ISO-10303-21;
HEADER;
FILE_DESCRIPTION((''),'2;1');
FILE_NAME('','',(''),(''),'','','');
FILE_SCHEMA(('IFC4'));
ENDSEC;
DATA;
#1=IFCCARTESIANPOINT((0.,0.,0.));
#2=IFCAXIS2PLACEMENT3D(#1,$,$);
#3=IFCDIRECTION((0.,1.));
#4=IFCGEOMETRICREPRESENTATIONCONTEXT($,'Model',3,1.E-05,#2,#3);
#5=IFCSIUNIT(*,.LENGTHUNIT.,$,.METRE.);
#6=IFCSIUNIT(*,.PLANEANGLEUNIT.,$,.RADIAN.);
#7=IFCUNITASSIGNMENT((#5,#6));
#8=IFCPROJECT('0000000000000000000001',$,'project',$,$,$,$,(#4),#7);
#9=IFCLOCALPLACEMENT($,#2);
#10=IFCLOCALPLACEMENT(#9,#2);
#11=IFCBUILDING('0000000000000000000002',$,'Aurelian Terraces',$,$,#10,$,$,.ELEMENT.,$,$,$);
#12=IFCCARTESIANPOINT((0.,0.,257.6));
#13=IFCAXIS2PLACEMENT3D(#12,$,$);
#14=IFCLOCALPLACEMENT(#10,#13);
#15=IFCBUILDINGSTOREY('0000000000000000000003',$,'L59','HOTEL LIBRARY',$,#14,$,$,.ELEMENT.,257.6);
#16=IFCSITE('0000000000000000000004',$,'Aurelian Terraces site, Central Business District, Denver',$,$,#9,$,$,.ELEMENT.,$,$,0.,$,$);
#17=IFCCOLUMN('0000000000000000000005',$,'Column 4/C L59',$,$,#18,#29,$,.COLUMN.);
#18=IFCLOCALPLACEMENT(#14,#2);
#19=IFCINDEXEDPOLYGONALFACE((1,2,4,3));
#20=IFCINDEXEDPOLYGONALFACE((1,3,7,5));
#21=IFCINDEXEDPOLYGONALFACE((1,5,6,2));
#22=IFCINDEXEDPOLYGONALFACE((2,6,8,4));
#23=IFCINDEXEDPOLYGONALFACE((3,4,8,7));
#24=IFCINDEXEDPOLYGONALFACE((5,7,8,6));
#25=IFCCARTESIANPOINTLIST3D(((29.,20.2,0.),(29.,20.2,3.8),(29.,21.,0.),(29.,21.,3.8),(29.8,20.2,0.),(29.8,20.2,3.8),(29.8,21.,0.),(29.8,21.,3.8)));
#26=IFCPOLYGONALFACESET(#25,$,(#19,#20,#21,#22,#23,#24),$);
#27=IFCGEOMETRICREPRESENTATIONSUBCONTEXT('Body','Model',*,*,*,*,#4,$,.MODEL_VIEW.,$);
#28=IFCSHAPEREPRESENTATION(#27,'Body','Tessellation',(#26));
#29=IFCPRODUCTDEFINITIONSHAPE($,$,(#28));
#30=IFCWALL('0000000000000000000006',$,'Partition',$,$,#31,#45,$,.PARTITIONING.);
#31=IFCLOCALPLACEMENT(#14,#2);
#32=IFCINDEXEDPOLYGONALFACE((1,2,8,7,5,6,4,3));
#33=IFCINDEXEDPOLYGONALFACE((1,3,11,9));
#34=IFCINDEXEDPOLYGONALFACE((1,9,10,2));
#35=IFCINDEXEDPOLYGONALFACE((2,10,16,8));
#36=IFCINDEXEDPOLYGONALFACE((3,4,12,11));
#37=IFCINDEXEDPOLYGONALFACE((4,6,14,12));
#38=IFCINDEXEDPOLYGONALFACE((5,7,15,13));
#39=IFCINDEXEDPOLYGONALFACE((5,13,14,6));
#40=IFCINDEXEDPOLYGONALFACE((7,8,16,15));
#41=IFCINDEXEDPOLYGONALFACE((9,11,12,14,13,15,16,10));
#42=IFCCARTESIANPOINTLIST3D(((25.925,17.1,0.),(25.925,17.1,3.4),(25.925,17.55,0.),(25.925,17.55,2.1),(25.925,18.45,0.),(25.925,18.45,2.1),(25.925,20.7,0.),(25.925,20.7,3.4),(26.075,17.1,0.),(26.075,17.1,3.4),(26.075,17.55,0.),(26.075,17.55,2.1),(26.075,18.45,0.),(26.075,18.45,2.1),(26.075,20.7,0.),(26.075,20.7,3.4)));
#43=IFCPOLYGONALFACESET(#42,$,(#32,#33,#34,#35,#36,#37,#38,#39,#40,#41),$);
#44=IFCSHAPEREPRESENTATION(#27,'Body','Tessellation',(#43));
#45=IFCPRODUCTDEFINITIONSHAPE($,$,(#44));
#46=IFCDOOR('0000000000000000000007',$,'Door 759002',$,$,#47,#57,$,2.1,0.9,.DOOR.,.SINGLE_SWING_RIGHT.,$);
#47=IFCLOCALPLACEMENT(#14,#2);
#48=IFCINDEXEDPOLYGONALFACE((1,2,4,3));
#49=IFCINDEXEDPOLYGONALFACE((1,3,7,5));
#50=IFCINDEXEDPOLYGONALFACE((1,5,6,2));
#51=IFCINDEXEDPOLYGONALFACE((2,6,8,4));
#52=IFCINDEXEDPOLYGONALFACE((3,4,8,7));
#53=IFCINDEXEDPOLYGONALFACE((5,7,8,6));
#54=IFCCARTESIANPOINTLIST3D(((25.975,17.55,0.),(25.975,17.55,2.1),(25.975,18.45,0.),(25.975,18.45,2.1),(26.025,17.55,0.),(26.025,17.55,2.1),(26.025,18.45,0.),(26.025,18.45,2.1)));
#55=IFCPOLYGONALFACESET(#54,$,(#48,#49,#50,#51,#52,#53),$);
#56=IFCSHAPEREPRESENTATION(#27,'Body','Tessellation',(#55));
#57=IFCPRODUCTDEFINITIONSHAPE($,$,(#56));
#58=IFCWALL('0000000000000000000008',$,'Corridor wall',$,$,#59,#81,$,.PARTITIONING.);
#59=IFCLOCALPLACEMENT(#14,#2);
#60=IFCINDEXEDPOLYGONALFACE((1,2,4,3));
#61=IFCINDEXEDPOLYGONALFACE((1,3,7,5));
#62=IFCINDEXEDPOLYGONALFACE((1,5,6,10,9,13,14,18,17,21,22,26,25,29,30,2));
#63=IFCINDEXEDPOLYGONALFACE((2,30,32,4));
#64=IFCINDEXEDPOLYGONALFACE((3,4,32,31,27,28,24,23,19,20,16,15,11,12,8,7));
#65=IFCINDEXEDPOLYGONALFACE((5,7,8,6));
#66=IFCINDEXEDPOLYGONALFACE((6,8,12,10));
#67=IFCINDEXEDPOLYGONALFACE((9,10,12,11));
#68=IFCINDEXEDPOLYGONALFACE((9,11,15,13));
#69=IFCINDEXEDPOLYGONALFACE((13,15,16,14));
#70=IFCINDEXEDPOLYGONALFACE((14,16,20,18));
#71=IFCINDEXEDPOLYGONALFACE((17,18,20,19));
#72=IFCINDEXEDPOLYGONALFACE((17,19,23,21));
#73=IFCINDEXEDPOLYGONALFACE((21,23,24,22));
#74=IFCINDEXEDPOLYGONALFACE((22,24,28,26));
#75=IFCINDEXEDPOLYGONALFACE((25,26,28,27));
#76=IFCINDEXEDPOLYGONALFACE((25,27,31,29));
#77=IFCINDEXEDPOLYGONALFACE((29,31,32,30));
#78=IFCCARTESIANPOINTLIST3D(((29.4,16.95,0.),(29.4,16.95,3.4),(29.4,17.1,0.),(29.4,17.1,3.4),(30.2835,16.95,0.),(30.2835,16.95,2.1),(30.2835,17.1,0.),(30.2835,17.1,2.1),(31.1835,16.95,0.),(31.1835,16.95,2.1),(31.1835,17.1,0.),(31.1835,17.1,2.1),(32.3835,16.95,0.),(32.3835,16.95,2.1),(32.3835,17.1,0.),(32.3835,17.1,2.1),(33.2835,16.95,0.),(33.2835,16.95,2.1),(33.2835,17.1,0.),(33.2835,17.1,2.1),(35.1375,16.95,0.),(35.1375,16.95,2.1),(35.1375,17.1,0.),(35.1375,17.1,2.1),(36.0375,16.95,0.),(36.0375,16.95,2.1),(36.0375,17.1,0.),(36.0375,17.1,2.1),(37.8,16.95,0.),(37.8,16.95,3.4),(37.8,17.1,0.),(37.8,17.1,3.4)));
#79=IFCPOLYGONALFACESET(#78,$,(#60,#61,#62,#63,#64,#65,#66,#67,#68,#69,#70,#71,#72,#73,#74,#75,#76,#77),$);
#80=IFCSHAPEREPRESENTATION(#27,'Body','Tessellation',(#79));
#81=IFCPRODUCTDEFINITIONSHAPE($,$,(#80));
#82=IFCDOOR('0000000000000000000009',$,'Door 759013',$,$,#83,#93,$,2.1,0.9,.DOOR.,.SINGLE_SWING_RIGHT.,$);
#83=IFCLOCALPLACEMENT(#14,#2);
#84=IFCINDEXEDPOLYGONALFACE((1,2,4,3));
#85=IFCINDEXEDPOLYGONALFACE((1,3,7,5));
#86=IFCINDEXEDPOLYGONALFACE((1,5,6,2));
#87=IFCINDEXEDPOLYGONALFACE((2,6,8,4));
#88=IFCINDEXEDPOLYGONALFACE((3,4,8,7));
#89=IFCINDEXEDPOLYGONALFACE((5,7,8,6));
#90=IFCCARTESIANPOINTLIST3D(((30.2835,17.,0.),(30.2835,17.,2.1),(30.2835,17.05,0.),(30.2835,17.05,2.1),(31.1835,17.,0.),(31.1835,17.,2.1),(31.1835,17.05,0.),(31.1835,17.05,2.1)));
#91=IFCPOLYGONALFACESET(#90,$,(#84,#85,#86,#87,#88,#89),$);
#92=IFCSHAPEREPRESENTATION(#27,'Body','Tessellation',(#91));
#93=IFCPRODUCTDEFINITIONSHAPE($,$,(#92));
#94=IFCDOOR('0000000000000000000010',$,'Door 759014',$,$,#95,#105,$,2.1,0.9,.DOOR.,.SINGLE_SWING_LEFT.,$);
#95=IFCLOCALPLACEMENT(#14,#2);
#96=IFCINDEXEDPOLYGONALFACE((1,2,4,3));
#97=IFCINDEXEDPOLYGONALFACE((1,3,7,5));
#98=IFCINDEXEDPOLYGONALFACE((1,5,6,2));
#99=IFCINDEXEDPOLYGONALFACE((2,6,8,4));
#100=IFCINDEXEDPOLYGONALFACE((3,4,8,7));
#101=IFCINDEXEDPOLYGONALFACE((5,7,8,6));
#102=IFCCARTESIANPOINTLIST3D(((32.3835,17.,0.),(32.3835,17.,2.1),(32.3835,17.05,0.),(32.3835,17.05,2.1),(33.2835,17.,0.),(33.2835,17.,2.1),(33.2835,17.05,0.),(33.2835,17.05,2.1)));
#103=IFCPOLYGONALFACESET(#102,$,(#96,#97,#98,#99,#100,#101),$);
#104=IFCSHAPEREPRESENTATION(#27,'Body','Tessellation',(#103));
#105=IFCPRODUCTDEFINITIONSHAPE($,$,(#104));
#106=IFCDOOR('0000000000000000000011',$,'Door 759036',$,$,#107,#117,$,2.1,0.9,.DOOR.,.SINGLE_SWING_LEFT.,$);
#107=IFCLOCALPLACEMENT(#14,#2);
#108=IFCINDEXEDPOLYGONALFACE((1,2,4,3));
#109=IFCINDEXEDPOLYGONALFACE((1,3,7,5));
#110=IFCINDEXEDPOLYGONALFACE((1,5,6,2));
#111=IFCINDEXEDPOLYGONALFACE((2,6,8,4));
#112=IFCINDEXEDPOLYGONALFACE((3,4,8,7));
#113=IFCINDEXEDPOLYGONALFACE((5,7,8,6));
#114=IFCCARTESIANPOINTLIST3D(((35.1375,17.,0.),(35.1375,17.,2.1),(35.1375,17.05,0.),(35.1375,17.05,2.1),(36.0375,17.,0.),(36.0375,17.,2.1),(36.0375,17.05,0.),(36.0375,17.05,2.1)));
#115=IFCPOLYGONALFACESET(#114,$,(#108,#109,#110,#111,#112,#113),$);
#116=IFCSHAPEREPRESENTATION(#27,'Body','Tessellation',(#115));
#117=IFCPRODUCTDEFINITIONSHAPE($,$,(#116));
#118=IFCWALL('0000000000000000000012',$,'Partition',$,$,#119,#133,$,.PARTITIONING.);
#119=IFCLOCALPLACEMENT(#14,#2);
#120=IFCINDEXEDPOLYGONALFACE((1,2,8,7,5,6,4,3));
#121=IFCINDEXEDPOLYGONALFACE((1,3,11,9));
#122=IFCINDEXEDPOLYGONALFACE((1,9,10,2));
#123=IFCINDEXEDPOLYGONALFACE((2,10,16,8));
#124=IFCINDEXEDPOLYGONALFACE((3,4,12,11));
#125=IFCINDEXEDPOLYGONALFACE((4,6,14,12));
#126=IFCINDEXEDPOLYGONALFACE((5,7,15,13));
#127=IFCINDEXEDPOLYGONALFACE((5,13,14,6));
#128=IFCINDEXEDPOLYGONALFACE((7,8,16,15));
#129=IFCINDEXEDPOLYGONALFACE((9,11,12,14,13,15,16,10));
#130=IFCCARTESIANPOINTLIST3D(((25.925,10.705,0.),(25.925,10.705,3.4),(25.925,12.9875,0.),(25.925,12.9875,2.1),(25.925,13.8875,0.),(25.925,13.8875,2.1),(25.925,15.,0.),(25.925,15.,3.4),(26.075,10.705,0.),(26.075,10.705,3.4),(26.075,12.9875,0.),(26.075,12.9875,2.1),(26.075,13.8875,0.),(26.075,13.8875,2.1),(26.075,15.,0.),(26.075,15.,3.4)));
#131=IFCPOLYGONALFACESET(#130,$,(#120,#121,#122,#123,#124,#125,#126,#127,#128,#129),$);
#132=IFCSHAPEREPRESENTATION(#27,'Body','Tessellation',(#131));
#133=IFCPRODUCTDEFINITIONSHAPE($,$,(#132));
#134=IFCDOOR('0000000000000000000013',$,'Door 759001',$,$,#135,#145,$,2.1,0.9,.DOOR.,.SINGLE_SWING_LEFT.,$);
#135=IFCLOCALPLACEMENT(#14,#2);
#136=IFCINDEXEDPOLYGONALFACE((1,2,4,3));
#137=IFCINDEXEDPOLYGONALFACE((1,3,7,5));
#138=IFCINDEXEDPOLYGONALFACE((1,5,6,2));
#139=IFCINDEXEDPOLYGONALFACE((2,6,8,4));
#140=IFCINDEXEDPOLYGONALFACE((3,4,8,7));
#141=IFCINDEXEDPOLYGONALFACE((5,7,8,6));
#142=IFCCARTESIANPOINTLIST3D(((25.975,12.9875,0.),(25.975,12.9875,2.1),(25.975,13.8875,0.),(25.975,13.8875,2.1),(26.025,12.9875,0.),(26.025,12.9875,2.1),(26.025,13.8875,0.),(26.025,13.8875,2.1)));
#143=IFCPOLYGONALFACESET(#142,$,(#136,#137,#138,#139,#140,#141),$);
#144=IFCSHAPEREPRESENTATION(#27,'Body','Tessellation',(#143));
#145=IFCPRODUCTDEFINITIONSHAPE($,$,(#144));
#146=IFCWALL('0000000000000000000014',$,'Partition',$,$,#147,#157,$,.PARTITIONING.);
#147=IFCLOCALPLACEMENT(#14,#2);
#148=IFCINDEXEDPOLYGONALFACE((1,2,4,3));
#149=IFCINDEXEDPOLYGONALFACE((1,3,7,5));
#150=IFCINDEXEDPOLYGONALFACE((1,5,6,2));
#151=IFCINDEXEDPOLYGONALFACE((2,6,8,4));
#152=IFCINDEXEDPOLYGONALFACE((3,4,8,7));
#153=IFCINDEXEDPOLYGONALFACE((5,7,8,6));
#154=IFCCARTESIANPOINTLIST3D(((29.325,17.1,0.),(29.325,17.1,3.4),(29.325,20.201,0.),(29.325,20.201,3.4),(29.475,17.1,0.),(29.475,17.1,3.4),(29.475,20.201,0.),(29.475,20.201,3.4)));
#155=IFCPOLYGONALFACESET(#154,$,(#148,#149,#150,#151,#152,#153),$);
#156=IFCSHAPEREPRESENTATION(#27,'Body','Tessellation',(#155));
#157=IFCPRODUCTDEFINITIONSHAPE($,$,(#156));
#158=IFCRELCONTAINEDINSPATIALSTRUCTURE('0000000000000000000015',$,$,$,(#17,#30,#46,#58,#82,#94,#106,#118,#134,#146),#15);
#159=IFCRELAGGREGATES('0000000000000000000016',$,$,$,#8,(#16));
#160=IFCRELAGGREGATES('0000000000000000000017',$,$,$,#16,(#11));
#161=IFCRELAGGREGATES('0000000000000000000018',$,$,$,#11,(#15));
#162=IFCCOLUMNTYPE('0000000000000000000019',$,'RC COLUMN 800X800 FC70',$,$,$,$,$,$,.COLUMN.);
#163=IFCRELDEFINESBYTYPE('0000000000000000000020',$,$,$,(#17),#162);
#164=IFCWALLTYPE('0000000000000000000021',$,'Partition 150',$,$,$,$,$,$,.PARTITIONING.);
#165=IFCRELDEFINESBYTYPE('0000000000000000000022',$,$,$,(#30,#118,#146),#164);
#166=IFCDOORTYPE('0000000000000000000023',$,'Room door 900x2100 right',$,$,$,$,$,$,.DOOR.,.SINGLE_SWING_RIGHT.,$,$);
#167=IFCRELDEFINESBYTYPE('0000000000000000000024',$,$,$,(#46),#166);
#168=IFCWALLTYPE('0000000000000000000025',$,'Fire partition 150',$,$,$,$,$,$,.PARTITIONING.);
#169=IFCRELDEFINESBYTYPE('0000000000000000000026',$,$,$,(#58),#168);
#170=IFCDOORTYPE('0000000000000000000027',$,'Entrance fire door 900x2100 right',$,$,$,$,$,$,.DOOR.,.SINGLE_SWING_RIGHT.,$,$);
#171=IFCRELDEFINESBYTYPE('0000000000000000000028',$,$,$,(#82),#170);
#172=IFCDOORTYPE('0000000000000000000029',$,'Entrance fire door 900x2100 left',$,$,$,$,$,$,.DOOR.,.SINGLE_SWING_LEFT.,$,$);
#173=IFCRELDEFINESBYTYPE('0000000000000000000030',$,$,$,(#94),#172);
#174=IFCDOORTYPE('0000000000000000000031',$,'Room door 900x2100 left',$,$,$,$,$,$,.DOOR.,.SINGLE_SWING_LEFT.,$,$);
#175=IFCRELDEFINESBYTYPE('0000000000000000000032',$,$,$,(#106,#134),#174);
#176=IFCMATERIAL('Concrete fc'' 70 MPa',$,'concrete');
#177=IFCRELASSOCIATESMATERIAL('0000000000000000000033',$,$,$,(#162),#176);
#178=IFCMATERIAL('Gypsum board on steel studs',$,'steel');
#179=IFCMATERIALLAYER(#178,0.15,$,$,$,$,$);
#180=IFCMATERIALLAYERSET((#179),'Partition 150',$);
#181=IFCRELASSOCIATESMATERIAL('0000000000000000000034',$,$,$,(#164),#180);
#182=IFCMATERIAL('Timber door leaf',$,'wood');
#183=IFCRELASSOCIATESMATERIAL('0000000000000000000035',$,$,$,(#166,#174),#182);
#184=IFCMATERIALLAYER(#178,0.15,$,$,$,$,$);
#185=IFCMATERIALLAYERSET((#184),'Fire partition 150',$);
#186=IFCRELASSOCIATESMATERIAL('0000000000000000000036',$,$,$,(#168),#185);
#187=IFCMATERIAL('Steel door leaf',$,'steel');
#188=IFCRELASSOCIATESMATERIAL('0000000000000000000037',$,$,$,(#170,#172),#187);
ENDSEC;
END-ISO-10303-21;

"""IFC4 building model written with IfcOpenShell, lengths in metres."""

from ifc_helpers import new_model, si_unit, direction, frame, frame_2d, origin, origin_2d, place, context, subcontext, project, spatial, rectangle, extrude, source, transform, mapped, material, layer, layer_set, material_profile, profile_set, type_object, element, fill, save


model = new_model("IFC4")

# Units and contexts
model_context = context("Model", 3, precision=1e-05, world=origin(), true_north=direction((0.0, 1.0)))
body_context = subcontext(model_context, "Body", "Model", "MODEL_VIEW")
ifc_project = project(units=[si_unit("LENGTHUNIT", "METRE"), si_unit("PLANEANGLEUNIT", "RADIAN")], contexts=[model_context])

# Site, building, storey
site_placement = place(None, origin())
site = spatial("IfcSite", under=ifc_project, at=site_placement, Name="Aurelian Terraces site, Central Business District, Denver", CompositionType="ELEMENT", RefElevation=0.0)
building_placement = place(site_placement, origin())
building = spatial("IfcBuilding", under=site, at=building_placement, Name="Aurelian Terraces", CompositionType="ELEMENT")
storey_placement = place(building_placement, frame((0.0, 0.0, 257.6)))
storey = spatial("IfcBuildingStorey", under=building, at=storey_placement, Name="L59", Description="HOTEL LIBRARY", CompositionType="ELEMENT", Elevation=257.6)

# Column
ifc_material_1 = material(Name="Concrete fc' 70 MPa", Category="concrete")
ifc_material_profile = material_profile(ifc_material_1, rectangle(XDim=0.8, YDim=0.8, at=origin_2d()))
ifc_profile_set = profile_set([ifc_material_profile], Name="Concrete fc' 70 MPa")
column_type = type_object("IfcColumnType", Name="RC COLUMN 800X800 FC70", PredefinedType="COLUMN", material=ifc_profile_set)
shared_shape_1 = source(origin(), body_context, "Body", "SweptSolid", [
    extrude(rectangle(XDim=0.8, YDim=0.8, at=origin_2d()), origin(), (0.0, 0.0, 1.0), 3.8),
])
column_placement = place(storey_placement, frame((29.4, 20.6, 0.0), z_axis=(0.0, 0.0, 1.0), x_axis=(1.0, 0.0, 0.0)))
element("IfcColumn", 1, at=column_placement, inside=storey, type_object=column_type, Name="Column 4/C L59", PredefinedType="COLUMN", context=body_context, shape_type="MappedRepresentation", body=[
    mapped(shared_shape_1, transform((0.0, 0.0, 0.0), scale=1.0)),
])

# Wall, opening, door
ifc_material_2 = material(Name="Gypsum board on steel studs", Category="steel")
ifc_layer_1 = layer(ifc_material_2, 0.15)
ifc_layer_set_1 = layer_set([ifc_layer_1], Name="Partition 150")
wall_type_1 = type_object("IfcWallType", Name="Partition 150", PredefinedType="PARTITIONING", material=ifc_layer_set_1)
shared_shape_2 = source(origin(), body_context, "Body", "SweptSolid", [
    extrude(rectangle(XDim=3.6, YDim=0.15, at=frame_2d((1.8, 0.0))), origin(), (0.0, 0.0, 1.0), 3.4),
])
wall_1_placement = place(storey_placement, frame((26.0, 20.7, 0.0), z_axis=(0.0, 0.0, 1.0), x_axis=(0.0, -1.0, 0.0)))
wall_1 = element("IfcWall", 2, at=wall_1_placement, inside=storey, type_object=wall_type_1, Name="Partition", PredefinedType="PARTITIONING", context=body_context, shape_type="MappedRepresentation", body=[
    mapped(shared_shape_2, transform((0.0, 0.0, 0.0), scale=1.0)),
])
shared_shape_3 = source(origin(), body_context, "Body", "SweptSolid", [
    extrude(rectangle(XDim=0.9, YDim=2.1, at=frame_2d((0.45, 1.05))), frame((0.0, 0.085, 0.0), z_axis=(0.0, -1.0, 0.0), x_axis=(1.0, 0.0, 0.0)), (0.0, 0.0, 1.0), 0.17),
])
opening_1_placement = place(wall_1_placement, frame((2.25, 0.0, 0.0)))
opening_1 = element("IfcOpeningElement", 3, at=opening_1_placement, cuts=wall_1, PredefinedType="OPENING", context=body_context, shape_type="MappedRepresentation", body=[
    mapped(shared_shape_3, transform((0.0, 0.0, 0.0), scale=1.0)),
])
ifc_material_3 = material(Name="Timber door leaf", Category="wood")
door_type_1 = type_object("IfcDoorType", Name="Room door 900x2100 right", OperationType="SINGLE_SWING_RIGHT", PredefinedType="DOOR", material=ifc_material_3)
shared_shape_4 = source(origin(), body_context, "Body", "SweptSolid", [
    extrude(rectangle(XDim=0.9, YDim=2.1, at=frame_2d((0.45, 1.05))), frame((0.0, 0.025, 0.0), z_axis=(0.0, -1.0, 0.0), x_axis=(1.0, 0.0, 0.0)), (0.0, 0.0, 1.0), 0.05),
])
door_1_placement = place(opening_1_placement, origin())
door_1 = element("IfcDoor", 4, at=door_1_placement, inside=storey, type_object=door_type_1, Name="Door 759002", OperationType="SINGLE_SWING_RIGHT", OverallHeight=2.1, OverallWidth=0.9, PredefinedType="DOOR", context=body_context, shape_type="MappedRepresentation", body=[
    mapped(shared_shape_4, transform((0.0, 0.0, 0.0), scale=1.0)),
])
fill(opening_1, door_1)

# Wall, openings, doors
ifc_layer_2 = layer(ifc_material_2, 0.15)
ifc_layer_set_2 = layer_set([ifc_layer_2], Name="Fire partition 150")
wall_type_2 = type_object("IfcWallType", Name="Fire partition 150", PredefinedType="PARTITIONING", material=ifc_layer_set_2)
shared_shape_5 = source(origin(), body_context, "Body", "SweptSolid", [
    extrude(rectangle(XDim=8.4, YDim=0.15, at=frame_2d((4.2, 0.0))), origin(), (0.0, 0.0, 1.0), 3.4),
])
wall_2_placement = place(storey_placement, frame((29.4, 17.025, 0.0), z_axis=(0.0, 0.0, 1.0), x_axis=(1.0, 0.0, 0.0)))
wall_2 = element("IfcWall", 5, at=wall_2_placement, inside=storey, type_object=wall_type_2, Name="Corridor wall", PredefinedType="PARTITIONING", context=body_context, shape_type="MappedRepresentation", body=[
    mapped(shared_shape_5, transform((0.0, 0.0, 0.0), scale=1.0)),
])
opening_2_placement = place(wall_2_placement, frame((0.8835, 0.0, 0.0)))
opening_2 = element("IfcOpeningElement", 6, at=opening_2_placement, cuts=wall_2, PredefinedType="OPENING", context=body_context, shape_type="MappedRepresentation", body=[
    mapped(shared_shape_3, transform((0.0, 0.0, 0.0), scale=1.0)),
])
opening_3_placement = place(wall_2_placement, frame((2.9835, 0.0, 0.0)))
opening_3 = element("IfcOpeningElement", 7, at=opening_3_placement, cuts=wall_2, PredefinedType="OPENING", context=body_context, shape_type="MappedRepresentation", body=[
    mapped(shared_shape_3, transform((0.0, 0.0, 0.0), scale=1.0)),
])
opening_4_placement = place(wall_2_placement, frame((5.7375, 0.0, 0.0)))
opening_4 = element("IfcOpeningElement", 8, at=opening_4_placement, cuts=wall_2, PredefinedType="OPENING", context=body_context, shape_type="MappedRepresentation", body=[
    mapped(shared_shape_3, transform((0.0, 0.0, 0.0), scale=1.0)),
])
ifc_material_4 = material(Name="Steel door leaf", Category="steel")
door_type_2 = type_object("IfcDoorType", Name="Entrance fire door 900x2100 right", OperationType="SINGLE_SWING_RIGHT", PredefinedType="DOOR", material=ifc_material_4)
door_2_placement = place(opening_2_placement, origin())
door_2 = element("IfcDoor", 9, at=door_2_placement, inside=storey, type_object=door_type_2, Name="Door 759013", OperationType="SINGLE_SWING_RIGHT", OverallHeight=2.1, OverallWidth=0.9, PredefinedType="DOOR", context=body_context, shape_type="MappedRepresentation", body=[
    mapped(shared_shape_4, transform((0.0, 0.0, 0.0), scale=1.0)),
])
fill(opening_2, door_2)
door_type_3 = type_object("IfcDoorType", Name="Entrance fire door 900x2100 left", OperationType="SINGLE_SWING_LEFT", PredefinedType="DOOR", material=ifc_material_4)
door_3_placement = place(opening_3_placement, origin())
door_3 = element("IfcDoor", 10, at=door_3_placement, inside=storey, type_object=door_type_3, Name="Door 759014", OperationType="SINGLE_SWING_LEFT", OverallHeight=2.1, OverallWidth=0.9, PredefinedType="DOOR", context=body_context, shape_type="MappedRepresentation", body=[
    mapped(shared_shape_4, transform((0.0, 0.0, 0.0), scale=1.0)),
])
fill(opening_3, door_3)
door_type_4 = type_object("IfcDoorType", Name="Room door 900x2100 left", OperationType="SINGLE_SWING_LEFT", PredefinedType="DOOR", material=ifc_material_3)
door_4_placement = place(opening_4_placement, origin())
door_4 = element("IfcDoor", 11, at=door_4_placement, inside=storey, type_object=door_type_4, Name="Door 759036", OperationType="SINGLE_SWING_LEFT", OverallHeight=2.1, OverallWidth=0.9, PredefinedType="DOOR", context=body_context, shape_type="MappedRepresentation", body=[
    mapped(shared_shape_4, transform((0.0, 0.0, 0.0), scale=1.0)),
])
fill(opening_4, door_4)

# Wall, opening, door
shared_shape_6 = source(origin(), body_context, "Body", "SweptSolid", [
    extrude(rectangle(XDim=4.295, YDim=0.15, at=frame_2d((2.1475, 0.0))), origin(), (0.0, 0.0, 1.0), 3.4),
])
wall_3_placement = place(storey_placement, frame((26.0, 15.0, 0.0), z_axis=(0.0, 0.0, 1.0), x_axis=(0.0, -1.0, 0.0)))
wall_3 = element("IfcWall", 12, at=wall_3_placement, inside=storey, type_object=wall_type_1, Name="Partition", PredefinedType="PARTITIONING", context=body_context, shape_type="MappedRepresentation", body=[
    mapped(shared_shape_6, transform((0.0, 0.0, 0.0), scale=1.0)),
])
opening_5_placement = place(wall_3_placement, frame((1.1125, 0.0, 0.0)))
opening_5 = element("IfcOpeningElement", 13, at=opening_5_placement, cuts=wall_3, PredefinedType="OPENING", context=body_context, shape_type="MappedRepresentation", body=[
    mapped(shared_shape_3, transform((0.0, 0.0, 0.0), scale=1.0)),
])
door_5_placement = place(opening_5_placement, origin())
door_5 = element("IfcDoor", 14, at=door_5_placement, inside=storey, type_object=door_type_4, Name="Door 759001", OperationType="SINGLE_SWING_LEFT", OverallHeight=2.1, OverallWidth=0.9, PredefinedType="DOOR", context=body_context, shape_type="MappedRepresentation", body=[
    mapped(shared_shape_4, transform((0.0, 0.0, 0.0), scale=1.0)),
])
fill(opening_5, door_5)

# Wall
shared_shape_7 = source(origin(), body_context, "Body", "SweptSolid", [
    extrude(rectangle(XDim=3.101, YDim=0.15, at=frame_2d((1.5505, 0.0))), origin(), (0.0, 0.0, 1.0), 3.4),
])
wall_4_placement = place(storey_placement, frame((29.4, 17.1, 0.0), z_axis=(0.0, 0.0, 1.0), x_axis=(0.0, 1.0, 0.0)))
element("IfcWall", 15, at=wall_4_placement, inside=storey, type_object=wall_type_1, Name="Partition", PredefinedType="PARTITIONING", context=body_context, shape_type="MappedRepresentation", body=[
    mapped(shared_shape_7, transform((0.0, 0.0, 0.0), scale=1.0)),
])

save(model, "model.ifc")
